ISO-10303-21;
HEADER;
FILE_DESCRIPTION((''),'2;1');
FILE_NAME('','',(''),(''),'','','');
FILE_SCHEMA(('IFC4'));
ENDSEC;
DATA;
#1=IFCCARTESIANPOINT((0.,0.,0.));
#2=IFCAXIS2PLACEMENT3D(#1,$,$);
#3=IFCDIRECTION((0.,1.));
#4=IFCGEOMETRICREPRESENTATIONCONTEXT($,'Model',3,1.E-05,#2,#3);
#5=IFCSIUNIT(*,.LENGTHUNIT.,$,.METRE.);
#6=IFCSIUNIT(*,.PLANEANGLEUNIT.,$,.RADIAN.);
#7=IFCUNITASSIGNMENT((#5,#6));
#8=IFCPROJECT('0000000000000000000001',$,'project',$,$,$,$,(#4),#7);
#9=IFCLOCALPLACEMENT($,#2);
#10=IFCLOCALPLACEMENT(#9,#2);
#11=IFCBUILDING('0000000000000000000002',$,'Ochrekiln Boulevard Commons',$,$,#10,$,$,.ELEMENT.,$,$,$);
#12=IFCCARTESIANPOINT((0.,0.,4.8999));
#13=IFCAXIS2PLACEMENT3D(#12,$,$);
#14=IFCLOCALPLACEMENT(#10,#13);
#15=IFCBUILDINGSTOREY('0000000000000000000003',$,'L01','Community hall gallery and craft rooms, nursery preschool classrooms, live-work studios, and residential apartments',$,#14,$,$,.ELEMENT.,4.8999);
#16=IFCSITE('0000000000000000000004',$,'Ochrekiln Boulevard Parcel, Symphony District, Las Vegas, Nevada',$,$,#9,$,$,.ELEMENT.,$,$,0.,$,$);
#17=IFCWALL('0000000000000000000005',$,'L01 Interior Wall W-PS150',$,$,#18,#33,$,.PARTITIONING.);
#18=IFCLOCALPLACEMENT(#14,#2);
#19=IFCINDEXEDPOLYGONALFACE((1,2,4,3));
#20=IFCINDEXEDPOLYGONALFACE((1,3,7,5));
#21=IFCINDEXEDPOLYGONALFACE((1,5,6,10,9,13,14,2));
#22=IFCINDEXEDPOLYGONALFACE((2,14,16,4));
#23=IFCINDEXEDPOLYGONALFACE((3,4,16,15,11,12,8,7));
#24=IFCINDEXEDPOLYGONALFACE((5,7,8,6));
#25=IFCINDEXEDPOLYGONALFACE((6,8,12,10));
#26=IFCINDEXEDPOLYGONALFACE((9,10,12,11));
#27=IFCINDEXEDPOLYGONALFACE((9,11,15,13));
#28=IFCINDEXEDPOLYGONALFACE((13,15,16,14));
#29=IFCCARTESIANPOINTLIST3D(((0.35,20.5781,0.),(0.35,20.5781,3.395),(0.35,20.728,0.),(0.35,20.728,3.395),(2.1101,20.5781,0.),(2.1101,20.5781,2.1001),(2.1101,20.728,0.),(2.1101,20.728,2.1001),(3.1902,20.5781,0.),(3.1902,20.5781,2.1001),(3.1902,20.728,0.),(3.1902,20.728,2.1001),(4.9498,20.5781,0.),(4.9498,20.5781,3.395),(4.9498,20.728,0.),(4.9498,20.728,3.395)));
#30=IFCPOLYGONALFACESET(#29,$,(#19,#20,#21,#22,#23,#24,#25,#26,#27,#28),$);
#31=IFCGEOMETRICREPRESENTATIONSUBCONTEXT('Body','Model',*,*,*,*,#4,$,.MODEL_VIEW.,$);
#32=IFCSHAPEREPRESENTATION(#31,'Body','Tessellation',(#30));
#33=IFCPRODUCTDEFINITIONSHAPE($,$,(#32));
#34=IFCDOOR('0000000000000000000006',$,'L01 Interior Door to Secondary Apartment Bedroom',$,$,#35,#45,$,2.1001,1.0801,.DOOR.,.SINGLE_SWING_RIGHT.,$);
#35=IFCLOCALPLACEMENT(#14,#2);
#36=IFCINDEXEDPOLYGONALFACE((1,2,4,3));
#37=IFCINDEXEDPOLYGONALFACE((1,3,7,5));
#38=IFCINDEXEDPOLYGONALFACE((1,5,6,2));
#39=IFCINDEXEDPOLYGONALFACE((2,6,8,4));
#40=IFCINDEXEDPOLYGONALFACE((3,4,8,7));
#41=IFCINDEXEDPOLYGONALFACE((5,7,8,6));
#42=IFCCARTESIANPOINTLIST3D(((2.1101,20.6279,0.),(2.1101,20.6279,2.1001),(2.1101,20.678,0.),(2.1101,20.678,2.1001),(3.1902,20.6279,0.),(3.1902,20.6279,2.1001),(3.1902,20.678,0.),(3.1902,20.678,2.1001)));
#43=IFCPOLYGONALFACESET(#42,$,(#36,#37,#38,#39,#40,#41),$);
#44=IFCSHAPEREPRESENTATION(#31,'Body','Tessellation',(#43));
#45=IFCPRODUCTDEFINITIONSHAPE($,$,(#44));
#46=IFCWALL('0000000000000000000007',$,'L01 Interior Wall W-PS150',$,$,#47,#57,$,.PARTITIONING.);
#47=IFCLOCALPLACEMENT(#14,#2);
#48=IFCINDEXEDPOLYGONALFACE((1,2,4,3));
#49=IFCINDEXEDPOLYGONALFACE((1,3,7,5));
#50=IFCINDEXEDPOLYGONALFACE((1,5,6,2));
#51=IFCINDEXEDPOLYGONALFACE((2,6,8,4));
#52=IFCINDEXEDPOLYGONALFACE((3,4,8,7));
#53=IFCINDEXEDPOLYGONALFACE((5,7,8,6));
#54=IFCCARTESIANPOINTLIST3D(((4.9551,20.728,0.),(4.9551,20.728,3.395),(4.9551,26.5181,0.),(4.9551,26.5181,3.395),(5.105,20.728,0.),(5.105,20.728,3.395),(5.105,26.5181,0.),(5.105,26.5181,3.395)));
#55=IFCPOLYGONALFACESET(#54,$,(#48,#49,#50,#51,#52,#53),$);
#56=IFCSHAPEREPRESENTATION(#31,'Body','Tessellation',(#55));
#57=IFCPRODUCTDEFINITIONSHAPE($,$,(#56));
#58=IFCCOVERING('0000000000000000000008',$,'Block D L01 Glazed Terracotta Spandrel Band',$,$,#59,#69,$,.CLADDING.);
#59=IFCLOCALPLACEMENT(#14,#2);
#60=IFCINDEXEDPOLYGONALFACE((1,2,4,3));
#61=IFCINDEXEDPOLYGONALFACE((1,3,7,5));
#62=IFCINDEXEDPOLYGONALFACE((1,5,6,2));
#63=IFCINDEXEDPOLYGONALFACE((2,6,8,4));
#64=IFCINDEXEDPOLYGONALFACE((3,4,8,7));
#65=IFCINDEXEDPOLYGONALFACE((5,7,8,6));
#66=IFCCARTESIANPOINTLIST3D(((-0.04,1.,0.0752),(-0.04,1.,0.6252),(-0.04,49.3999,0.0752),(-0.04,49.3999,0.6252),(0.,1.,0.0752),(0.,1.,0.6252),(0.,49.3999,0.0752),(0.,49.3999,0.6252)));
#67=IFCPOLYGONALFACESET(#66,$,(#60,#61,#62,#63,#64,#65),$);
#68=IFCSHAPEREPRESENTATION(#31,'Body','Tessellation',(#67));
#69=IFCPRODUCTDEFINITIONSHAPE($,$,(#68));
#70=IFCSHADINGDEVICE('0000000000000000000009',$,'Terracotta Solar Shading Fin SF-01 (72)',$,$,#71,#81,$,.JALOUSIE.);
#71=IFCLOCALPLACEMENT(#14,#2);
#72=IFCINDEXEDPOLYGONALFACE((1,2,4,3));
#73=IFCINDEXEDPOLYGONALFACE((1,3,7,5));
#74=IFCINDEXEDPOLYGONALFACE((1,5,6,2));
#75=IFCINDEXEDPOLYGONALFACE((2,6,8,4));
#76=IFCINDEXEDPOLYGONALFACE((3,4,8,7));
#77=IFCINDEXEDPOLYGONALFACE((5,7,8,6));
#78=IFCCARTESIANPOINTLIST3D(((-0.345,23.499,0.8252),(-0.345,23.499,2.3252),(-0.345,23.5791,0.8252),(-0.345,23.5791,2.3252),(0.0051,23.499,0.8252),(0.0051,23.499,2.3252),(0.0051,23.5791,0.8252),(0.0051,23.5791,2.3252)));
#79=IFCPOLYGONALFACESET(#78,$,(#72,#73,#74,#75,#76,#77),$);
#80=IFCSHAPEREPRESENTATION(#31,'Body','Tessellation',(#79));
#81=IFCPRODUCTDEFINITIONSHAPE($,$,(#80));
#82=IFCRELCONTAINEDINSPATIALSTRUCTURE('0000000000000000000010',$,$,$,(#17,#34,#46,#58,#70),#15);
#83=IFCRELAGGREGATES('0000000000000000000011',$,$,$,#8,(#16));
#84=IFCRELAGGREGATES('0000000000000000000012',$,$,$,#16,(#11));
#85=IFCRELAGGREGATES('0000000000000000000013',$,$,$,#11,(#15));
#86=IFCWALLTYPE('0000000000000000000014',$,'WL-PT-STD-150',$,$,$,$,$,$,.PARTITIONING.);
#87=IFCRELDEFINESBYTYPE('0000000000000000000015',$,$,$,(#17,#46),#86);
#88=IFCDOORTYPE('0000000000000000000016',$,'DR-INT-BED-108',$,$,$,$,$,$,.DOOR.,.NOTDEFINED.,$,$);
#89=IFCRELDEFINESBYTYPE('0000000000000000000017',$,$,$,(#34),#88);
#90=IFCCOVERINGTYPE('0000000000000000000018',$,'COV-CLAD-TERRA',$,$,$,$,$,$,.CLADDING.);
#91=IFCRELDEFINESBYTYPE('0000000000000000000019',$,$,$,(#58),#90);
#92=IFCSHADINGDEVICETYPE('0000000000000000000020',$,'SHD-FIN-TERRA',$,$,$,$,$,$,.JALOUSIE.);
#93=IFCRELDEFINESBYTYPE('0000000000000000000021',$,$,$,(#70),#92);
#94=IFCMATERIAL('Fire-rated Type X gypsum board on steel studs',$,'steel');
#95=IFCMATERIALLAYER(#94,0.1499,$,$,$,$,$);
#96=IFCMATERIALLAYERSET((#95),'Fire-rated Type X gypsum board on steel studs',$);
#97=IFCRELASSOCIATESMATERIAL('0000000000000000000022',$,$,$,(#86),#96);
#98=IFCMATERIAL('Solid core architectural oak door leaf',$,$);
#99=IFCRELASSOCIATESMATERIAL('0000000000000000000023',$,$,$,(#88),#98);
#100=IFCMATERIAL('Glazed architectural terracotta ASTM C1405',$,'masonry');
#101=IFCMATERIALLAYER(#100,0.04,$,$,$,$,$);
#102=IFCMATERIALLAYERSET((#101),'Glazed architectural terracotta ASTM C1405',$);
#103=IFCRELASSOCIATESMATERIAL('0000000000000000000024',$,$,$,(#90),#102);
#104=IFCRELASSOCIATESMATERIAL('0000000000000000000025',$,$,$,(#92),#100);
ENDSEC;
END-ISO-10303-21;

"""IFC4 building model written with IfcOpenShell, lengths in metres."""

from ifc_helpers import new_model, si_unit, direction, frame, frame_2d, origin, origin_2d, place, context, subcontext, project, spatial, rectangle, extrude, material, layer, layer_set, type_object, element, fill, save


model = new_model("IFC4")

# Units and contexts
model_context = context("Model", 3, precision=1e-05, world=origin(), true_north=direction((0.0, 1.0)))
body_context = subcontext(model_context, "Body", "Model", "MODEL_VIEW")
ifc_project = project(units=[si_unit("LENGTHUNIT", "METRE"), si_unit("PLANEANGLEUNIT", "RADIAN")], contexts=[model_context])

# Site, building, storey
site_placement = place(None, origin())
site = spatial("IfcSite", under=ifc_project, at=site_placement, Name="Ochrekiln Boulevard Parcel, Symphony District, Las Vegas, Nevada", CompositionType="ELEMENT", RefElevation=0.0)
building_placement = place(site_placement, origin())
building = spatial("IfcBuilding", under=site, at=building_placement, Name="Ochrekiln Boulevard Commons", CompositionType="ELEMENT")
storey_placement = place(building_placement, frame((0.0, 0.0, 4.8999)))
storey = spatial("IfcBuildingStorey", under=building, at=storey_placement, Name="L01", Description="Community hall gallery and craft rooms, nursery preschool classrooms, live-work studios, and residential apartments", CompositionType="ELEMENT", Elevation=4.8999)

# Shared definitions
ifc_material_1 = material(Name="Fire-rated Type X gypsum board on steel studs", Category="steel")

# Shared definitions
ifc_material_2 = material(Name="Solid core architectural oak door leaf")

# Wall, opening, door
ifc_layer_1 = layer(ifc_material_1, 0.1499)
ifc_layer_set_1 = layer_set([ifc_layer_1], Name="Fire-rated Type X gypsum board on steel studs")
wall_type_1 = type_object("IfcWallType", Name="WL-PT-STD-150", PredefinedType="PARTITIONING", material=ifc_layer_set_1)
wall_1_placement = place(storey_placement, frame((0.3501, 20.6531, 0.0), z_axis=(0.0, 0.0, 1.0), x_axis=(1.0, 0.0, 0.0)))
wall_1 = element("IfcWall", 1, at=wall_1_placement, inside=storey, type_object=wall_type_1, Name="L01 Interior Wall W-PS150", PredefinedType="PARTITIONING", context=body_context, shape_type="SweptSolid", body=[
    extrude(rectangle(XDim=4.5999, YDim=0.1499, at=frame_2d((2.2998, 0.0))), origin(), (0.0, 0.0, 1.0), 3.395),
])
opening_1_placement = place(wall_1_placement, frame((1.76, 0.0, 0.0)))
opening_1 = element("IfcOpeningElement", 2, at=opening_1_placement, cuts=wall_1, PredefinedType="OPENING", context=body_context, shape_type="SweptSolid", body=[
    extrude(rectangle(XDim=1.0801, YDim=2.1001, at=frame_2d((0.54, 1.05))), frame((0.0, 0.085, 0.0), z_axis=(0.0, -1.0, 0.0), x_axis=(1.0, 0.0, 0.0)), (0.0, 0.0, 1.0), 0.1699),
])
door_type_1 = type_object("IfcDoorType", Name="DR-INT-BED-108", OperationType="NOTDEFINED", PredefinedType="DOOR", material=ifc_material_2)
door_1_placement = place(opening_1_placement, origin())
door_1 = element("IfcDoor", 3, at=door_1_placement, inside=storey, type_object=door_type_1, Name="L01 Interior Door to Secondary Apartment Bedroom", OperationType="SINGLE_SWING_RIGHT", OverallHeight=2.1001, OverallWidth=1.0801, PredefinedType="DOOR", context=body_context, shape_type="SweptSolid", body=[
    extrude(rectangle(XDim=1.0801, YDim=2.1001, at=frame_2d((0.54, 1.05))), frame((0.0, 0.0249, 0.0), z_axis=(0.0, -1.0, 0.0), x_axis=(1.0, 0.0, 0.0)), (0.0, 0.0, 1.0), 0.05),
])
fill(opening_1, door_1)

# Wall
wall_2_placement = place(storey_placement, frame((5.03, 20.728, 0.0), z_axis=(0.0, 0.0, 1.0), x_axis=(0.0, 1.0, 0.0)))
element("IfcWall", 4, at=wall_2_placement, inside=storey, type_object=wall_type_1, Name="L01 Interior Wall W-PS150", PredefinedType="PARTITIONING", context=body_context, shape_type="SweptSolid", body=[
    extrude(rectangle(XDim=5.79, YDim=0.1499, at=frame_2d((2.895, 0.0))), origin(), (0.0, 0.0, 1.0), 3.395),
])

# Covering
ifc_material_3 = material(Name="Glazed architectural terracotta ASTM C1405", Category="masonry")
ifc_layer_2 = layer(ifc_material_3, 0.04)
ifc_layer_set_2 = layer_set([ifc_layer_2], Name="Glazed architectural terracotta ASTM C1405")
covering_type = type_object("IfcCoveringType", Name="COV-CLAD-TERRA", PredefinedType="CLADDING", material=ifc_layer_set_2)
covering_placement = place(storey_placement, frame((-0.02, 25.2, 0.0752), z_axis=(0.0, 0.0, 1.0), x_axis=(1.0, 0.0, 0.0)))
element("IfcCovering", 5, at=covering_placement, inside=storey, type_object=covering_type, Name="Block D L01 Glazed Terracotta Spandrel Band", PredefinedType="CLADDING", context=body_context, shape_type="SweptSolid", body=[
    extrude(rectangle(XDim=0.04, YDim=48.3999, at=origin_2d()), origin(), (0.0, 0.0, 1.0), 0.55),
])

# Shading device
shading_device_type = type_object("IfcShadingDeviceType", Name="SHD-FIN-TERRA", PredefinedType="JALOUSIE", material=ifc_material_3)
shading_device_placement = place(storey_placement, frame((-0.1699, 23.5391, 0.8252), z_axis=(0.0, 0.0, 1.0), x_axis=(1.0, 0.0, 0.0)))
element("IfcShadingDevice", 6, at=shading_device_placement, inside=storey, type_object=shading_device_type, Name="Terracotta Solar Shading Fin SF-01 (72)", PredefinedType="JALOUSIE", context=body_context, shape_type="SweptSolid", body=[
    extrude(rectangle(XDim=0.3501, YDim=0.0801, at=origin_2d()), origin(), (0.0, 0.0, 1.0), 1.5),
])

save(model, "model.ifc")
